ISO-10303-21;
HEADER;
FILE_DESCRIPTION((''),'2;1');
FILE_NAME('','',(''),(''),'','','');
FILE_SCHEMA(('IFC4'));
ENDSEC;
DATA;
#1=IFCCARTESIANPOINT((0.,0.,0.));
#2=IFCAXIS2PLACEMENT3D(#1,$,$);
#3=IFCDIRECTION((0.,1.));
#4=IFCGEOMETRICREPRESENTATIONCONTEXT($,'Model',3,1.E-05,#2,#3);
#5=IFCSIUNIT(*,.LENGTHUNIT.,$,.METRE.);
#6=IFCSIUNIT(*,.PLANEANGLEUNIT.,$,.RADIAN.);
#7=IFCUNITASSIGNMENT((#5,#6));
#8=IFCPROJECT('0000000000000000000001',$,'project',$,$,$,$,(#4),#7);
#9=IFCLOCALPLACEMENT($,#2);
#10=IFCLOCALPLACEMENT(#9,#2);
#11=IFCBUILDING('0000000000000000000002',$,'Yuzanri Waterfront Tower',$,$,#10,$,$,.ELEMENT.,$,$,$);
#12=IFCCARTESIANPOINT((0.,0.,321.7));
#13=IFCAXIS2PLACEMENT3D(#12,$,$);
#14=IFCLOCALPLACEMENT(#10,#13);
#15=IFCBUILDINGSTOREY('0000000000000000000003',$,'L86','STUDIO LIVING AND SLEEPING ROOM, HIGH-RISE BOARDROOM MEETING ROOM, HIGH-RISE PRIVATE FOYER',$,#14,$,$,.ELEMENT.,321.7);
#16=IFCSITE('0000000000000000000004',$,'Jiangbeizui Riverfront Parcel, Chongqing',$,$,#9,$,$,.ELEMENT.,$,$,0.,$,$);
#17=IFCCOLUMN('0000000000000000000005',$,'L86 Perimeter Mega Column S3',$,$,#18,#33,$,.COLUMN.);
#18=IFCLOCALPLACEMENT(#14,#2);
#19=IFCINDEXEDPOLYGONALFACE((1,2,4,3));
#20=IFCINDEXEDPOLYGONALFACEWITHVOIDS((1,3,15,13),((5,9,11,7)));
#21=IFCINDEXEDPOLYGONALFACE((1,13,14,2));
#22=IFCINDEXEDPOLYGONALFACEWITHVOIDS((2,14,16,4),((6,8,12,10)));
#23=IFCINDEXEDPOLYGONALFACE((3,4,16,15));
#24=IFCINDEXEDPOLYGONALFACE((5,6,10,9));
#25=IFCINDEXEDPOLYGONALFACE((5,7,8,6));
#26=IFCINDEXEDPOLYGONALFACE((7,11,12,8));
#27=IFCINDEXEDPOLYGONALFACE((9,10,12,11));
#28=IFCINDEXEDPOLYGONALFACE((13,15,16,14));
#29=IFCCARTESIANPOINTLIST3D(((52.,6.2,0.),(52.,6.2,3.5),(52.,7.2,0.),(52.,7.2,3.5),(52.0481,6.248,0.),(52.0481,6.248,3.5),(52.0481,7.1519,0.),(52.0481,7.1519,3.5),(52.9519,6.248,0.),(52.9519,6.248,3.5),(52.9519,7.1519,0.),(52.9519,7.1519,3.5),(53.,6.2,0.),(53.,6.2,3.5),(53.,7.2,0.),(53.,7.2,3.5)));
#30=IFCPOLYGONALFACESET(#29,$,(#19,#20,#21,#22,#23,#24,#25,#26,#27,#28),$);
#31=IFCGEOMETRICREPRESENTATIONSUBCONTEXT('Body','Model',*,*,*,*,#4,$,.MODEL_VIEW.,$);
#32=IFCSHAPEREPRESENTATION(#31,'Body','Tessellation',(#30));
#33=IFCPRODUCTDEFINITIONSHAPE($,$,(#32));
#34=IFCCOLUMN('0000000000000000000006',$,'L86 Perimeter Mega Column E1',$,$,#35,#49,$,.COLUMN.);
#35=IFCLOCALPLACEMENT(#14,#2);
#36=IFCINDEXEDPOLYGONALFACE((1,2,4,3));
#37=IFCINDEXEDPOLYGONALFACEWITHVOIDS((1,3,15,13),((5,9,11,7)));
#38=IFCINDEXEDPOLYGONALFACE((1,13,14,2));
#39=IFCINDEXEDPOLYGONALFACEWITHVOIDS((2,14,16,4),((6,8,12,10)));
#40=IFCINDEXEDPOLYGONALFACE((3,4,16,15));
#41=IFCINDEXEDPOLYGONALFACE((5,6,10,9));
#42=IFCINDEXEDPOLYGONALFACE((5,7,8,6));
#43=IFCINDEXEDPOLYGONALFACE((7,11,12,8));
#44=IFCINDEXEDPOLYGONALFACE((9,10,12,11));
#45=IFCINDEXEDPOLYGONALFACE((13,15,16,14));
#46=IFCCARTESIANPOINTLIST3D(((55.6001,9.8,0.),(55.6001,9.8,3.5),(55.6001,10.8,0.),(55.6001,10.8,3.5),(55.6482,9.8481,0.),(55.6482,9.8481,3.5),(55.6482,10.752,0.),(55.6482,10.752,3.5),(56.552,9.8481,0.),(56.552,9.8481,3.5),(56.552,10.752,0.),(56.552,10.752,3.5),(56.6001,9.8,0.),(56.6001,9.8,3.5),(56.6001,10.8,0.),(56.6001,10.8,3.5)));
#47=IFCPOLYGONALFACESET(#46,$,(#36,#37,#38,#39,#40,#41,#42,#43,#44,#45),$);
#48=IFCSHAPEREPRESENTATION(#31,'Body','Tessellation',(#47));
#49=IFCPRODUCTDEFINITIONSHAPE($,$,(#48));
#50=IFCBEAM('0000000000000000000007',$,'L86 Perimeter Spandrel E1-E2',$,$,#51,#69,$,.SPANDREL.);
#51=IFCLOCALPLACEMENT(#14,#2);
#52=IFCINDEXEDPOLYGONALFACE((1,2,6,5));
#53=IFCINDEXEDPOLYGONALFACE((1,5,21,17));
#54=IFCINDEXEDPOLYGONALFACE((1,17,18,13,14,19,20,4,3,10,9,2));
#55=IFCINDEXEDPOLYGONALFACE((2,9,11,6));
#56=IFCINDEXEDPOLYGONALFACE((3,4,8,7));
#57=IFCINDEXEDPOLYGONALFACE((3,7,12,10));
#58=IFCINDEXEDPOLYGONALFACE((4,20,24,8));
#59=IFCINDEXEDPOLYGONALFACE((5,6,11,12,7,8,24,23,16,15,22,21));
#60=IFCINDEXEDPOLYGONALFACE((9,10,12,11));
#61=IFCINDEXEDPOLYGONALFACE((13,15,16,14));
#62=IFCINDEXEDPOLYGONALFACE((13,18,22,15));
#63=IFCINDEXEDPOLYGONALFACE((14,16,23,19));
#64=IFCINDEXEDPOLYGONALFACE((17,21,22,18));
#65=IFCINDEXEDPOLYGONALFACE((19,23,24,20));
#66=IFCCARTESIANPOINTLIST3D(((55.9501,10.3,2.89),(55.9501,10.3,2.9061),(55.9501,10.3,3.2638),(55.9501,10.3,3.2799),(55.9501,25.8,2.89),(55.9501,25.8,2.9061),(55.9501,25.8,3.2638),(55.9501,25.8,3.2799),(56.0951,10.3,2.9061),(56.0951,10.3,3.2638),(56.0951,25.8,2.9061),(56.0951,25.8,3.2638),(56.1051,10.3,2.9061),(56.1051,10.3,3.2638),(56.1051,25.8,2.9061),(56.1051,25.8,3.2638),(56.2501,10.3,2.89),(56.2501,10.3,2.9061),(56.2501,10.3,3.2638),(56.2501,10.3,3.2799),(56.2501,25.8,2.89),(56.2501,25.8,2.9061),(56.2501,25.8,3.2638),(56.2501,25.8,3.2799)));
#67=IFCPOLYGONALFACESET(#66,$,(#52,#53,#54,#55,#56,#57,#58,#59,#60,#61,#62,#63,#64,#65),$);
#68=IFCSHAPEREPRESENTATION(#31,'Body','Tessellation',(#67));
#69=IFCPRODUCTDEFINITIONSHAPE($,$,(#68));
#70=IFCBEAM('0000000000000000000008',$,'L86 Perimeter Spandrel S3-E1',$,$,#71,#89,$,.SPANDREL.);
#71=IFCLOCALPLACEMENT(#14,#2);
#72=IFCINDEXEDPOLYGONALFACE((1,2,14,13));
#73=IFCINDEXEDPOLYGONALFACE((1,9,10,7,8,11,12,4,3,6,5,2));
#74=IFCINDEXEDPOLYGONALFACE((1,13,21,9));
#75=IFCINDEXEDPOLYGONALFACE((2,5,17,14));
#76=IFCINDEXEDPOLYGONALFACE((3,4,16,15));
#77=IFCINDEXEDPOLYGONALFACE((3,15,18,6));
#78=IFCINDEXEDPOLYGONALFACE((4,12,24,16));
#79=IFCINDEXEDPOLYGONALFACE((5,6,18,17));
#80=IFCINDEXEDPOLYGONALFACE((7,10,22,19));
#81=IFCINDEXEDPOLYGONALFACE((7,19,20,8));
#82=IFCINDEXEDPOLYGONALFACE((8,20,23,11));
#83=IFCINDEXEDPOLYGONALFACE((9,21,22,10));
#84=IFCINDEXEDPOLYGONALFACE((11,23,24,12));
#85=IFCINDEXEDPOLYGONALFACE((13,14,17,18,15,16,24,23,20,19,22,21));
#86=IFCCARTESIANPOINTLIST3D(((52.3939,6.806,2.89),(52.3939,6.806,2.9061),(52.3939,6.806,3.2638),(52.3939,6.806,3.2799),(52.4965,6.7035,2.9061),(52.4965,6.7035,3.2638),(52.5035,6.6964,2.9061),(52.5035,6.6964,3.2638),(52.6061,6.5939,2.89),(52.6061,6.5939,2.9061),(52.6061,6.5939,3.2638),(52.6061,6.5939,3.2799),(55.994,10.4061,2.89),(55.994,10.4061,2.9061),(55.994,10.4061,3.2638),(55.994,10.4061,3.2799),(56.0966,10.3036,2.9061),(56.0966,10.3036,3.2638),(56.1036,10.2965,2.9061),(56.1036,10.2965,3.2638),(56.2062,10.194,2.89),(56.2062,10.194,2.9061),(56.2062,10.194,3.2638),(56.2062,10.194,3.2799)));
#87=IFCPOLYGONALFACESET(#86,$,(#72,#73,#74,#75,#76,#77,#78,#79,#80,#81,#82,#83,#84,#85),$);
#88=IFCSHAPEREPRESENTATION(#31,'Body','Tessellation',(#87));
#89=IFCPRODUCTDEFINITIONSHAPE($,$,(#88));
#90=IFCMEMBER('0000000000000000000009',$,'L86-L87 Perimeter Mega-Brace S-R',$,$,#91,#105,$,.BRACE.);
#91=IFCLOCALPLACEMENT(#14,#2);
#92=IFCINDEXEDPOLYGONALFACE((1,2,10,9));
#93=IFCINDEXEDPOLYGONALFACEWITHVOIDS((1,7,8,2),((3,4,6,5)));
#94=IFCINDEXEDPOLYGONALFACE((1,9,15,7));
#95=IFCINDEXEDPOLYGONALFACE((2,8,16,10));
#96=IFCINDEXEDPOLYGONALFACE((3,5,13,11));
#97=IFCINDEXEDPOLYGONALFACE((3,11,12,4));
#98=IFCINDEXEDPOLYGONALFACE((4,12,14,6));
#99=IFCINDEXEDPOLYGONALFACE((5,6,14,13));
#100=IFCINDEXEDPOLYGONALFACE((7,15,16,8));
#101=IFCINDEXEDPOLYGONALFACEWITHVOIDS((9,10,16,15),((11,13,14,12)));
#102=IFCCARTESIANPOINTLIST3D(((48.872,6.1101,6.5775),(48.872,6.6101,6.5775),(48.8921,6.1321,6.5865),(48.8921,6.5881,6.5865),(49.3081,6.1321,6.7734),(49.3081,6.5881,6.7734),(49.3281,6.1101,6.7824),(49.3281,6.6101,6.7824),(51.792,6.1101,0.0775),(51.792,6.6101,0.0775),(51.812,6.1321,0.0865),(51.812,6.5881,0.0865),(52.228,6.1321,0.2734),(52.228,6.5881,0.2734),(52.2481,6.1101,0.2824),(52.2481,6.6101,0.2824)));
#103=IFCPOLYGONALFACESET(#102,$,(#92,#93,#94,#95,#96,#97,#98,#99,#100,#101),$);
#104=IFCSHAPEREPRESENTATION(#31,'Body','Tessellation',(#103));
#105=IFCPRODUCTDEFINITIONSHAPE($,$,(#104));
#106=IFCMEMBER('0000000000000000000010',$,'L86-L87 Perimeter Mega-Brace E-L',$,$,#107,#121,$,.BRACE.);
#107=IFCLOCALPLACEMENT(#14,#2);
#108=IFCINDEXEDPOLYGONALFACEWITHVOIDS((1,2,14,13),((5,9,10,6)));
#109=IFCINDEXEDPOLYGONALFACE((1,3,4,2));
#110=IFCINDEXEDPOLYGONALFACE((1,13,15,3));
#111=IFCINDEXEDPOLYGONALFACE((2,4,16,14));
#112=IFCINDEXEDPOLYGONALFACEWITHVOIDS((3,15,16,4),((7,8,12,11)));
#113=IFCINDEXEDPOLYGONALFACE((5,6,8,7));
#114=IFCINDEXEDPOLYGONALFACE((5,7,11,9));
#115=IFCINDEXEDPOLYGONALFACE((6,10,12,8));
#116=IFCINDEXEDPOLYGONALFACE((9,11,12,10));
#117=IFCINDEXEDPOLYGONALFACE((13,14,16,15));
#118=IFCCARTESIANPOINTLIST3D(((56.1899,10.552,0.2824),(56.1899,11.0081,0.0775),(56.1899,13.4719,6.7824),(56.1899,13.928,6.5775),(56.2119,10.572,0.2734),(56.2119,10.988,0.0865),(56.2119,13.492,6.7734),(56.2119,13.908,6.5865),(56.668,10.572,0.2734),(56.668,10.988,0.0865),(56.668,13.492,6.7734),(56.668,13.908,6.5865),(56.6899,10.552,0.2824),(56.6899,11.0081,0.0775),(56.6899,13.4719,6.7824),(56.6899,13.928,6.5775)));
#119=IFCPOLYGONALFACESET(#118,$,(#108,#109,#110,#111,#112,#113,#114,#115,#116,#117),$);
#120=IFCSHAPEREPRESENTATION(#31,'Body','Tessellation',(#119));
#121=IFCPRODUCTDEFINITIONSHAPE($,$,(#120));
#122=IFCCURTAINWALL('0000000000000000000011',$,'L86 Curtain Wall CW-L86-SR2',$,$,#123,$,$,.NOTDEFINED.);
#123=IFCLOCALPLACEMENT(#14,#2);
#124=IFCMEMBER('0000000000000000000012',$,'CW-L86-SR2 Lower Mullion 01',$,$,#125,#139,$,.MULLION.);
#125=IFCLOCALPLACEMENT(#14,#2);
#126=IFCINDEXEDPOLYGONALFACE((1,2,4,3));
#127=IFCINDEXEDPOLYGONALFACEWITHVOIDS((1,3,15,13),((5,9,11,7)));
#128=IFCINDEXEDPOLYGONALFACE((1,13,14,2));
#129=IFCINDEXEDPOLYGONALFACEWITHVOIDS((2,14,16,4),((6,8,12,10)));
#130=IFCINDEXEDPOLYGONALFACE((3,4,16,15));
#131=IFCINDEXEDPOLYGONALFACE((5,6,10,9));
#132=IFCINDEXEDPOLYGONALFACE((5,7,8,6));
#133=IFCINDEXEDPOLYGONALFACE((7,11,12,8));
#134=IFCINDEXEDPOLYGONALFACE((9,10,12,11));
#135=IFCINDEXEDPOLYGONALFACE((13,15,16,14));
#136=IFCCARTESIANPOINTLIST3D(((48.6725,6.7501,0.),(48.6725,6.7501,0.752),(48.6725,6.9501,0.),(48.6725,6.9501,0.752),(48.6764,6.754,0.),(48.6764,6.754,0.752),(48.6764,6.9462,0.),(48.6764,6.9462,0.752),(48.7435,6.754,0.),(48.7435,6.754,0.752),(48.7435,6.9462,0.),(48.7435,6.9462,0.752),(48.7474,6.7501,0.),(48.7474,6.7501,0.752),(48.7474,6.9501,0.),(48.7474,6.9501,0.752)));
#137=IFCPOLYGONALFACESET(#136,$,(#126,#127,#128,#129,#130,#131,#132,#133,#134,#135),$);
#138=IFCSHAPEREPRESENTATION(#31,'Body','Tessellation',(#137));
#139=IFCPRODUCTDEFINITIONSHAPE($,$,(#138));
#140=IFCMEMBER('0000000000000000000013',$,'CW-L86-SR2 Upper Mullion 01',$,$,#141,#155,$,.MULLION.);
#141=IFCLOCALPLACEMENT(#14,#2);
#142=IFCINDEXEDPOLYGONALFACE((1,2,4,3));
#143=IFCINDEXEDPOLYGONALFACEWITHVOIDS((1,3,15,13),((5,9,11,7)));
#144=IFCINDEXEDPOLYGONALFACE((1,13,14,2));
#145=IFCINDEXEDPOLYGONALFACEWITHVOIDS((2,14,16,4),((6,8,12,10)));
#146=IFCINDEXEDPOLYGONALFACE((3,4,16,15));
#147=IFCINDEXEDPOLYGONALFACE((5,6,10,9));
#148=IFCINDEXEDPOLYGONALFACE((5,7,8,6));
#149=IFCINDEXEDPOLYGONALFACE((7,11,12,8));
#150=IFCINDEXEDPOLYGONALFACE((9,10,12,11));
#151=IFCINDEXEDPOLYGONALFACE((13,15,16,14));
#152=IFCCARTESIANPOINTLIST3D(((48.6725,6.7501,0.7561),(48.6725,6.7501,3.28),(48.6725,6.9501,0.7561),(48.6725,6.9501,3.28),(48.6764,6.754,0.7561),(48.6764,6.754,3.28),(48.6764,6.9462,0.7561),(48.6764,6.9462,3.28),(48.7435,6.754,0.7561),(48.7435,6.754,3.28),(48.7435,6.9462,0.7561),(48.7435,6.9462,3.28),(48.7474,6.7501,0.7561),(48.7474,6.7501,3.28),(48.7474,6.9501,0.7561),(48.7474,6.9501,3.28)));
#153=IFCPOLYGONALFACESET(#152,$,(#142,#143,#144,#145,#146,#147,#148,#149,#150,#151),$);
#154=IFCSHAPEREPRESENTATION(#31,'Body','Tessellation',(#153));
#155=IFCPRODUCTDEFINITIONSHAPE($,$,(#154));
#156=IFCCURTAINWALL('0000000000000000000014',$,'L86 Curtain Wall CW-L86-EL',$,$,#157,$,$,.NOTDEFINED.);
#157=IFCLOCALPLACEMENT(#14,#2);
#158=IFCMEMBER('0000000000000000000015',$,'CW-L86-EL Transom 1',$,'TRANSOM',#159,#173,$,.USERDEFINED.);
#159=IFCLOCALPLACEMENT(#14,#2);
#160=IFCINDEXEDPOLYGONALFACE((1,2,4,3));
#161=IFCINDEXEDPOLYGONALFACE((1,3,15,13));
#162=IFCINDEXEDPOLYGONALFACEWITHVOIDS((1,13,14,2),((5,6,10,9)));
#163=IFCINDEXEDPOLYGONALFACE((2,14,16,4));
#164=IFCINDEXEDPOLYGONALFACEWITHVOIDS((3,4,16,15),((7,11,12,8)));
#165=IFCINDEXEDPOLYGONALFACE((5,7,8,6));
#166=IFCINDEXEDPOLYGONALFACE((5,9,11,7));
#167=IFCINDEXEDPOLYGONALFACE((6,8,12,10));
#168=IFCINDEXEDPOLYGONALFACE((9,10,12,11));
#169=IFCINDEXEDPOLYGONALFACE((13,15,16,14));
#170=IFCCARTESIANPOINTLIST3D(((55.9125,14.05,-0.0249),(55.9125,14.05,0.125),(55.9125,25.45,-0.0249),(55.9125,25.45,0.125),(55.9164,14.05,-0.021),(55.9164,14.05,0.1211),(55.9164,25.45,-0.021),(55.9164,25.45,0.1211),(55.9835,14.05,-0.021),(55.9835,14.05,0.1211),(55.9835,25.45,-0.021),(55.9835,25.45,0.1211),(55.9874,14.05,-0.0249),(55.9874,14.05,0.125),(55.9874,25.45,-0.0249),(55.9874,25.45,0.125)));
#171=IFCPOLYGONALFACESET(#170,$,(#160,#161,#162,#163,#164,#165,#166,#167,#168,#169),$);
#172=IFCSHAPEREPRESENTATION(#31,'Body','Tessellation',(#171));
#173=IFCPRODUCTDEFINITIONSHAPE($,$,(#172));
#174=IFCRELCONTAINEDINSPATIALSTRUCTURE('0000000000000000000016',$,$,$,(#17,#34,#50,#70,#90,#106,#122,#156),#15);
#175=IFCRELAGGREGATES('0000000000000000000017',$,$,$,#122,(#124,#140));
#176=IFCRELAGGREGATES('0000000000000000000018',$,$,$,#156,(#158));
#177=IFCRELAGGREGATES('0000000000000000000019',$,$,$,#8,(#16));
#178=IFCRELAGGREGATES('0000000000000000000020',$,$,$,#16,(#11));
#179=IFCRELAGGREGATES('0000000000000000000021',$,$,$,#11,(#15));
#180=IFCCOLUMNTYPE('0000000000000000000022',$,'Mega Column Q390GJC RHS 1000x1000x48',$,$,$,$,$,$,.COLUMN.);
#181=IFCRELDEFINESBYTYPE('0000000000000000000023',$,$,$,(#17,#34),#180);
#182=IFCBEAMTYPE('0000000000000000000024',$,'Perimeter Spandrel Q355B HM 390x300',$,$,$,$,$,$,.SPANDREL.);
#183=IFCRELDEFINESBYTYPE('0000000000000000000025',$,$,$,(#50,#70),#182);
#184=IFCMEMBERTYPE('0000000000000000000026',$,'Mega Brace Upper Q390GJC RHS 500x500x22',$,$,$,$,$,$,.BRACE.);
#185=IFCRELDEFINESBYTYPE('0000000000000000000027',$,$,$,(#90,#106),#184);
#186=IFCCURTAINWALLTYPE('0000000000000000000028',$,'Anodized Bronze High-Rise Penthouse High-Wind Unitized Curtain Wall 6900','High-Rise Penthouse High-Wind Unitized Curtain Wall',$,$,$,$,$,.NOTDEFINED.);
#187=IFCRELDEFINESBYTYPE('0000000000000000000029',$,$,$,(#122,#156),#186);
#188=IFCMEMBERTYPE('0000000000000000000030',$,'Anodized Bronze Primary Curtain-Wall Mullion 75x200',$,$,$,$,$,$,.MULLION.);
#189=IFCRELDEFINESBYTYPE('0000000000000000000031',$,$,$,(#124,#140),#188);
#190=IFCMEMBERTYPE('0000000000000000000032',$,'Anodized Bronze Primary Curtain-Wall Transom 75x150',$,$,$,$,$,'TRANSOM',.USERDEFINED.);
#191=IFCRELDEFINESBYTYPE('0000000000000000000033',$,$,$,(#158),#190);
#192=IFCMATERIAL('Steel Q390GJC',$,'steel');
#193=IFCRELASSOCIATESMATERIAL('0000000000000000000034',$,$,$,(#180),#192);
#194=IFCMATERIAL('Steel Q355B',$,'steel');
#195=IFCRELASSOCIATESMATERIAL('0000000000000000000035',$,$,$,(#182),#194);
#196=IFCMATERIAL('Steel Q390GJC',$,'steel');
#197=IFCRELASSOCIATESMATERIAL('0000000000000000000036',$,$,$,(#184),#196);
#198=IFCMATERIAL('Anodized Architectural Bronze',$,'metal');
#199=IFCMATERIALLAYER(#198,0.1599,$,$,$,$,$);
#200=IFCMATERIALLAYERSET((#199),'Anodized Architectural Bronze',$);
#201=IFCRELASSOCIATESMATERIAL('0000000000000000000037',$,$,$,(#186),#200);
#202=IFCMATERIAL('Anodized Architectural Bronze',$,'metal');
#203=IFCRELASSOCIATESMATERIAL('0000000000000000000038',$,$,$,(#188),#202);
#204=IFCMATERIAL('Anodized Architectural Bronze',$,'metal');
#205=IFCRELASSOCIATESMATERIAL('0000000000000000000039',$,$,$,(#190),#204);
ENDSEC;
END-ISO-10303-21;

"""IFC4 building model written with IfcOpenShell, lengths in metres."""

from ifc_helpers import new_model, si_unit, direction, frame, origin, origin_2d, place, context, subcontext, project, spatial, hollow_rectangle, i_section, extrude, source, transform, mapped, material, layer, layer_set, material_profile, profile_set, type_object, element, aggregate, save


model = new_model("IFC4")

# Units and contexts
model_context = context("Model", 3, precision=1e-05, world=origin(), true_north=direction((0.0, 1.0)))
body_context = subcontext(model_context, "Body", "Model", "MODEL_VIEW")
ifc_project = project(units=[si_unit("LENGTHUNIT", "METRE"), si_unit("PLANEANGLEUNIT", "RADIAN")], contexts=[model_context])

# Site, building, storey
site_placement = place(None, origin())
site = spatial("IfcSite", under=ifc_project, at=site_placement, Name="Jiangbeizui Riverfront Parcel, Chongqing", CompositionType="ELEMENT", RefElevation=0.0)
building_placement = place(site_placement, origin())
building = spatial("IfcBuilding", under=site, at=building_placement, Name="Yuzanri Waterfront Tower", CompositionType="ELEMENT")
storey_placement = place(building_placement, frame((0.0, 0.0, 321.7)))
storey = spatial("IfcBuildingStorey", under=building, at=storey_placement, Name="L86", Description="STUDIO LIVING AND SLEEPING ROOM, HIGH-RISE BOARDROOM MEETING ROOM, HIGH-RISE PRIVATE FOYER", CompositionType="ELEMENT", Elevation=321.7)

# Columns
ifc_material_1 = material(Name="Steel Q390GJC", Category="steel")
ifc_material_profile_1 = material_profile(ifc_material_1, hollow_rectangle(XDim=1.0, YDim=1.0, WallThickness=0.0481, at=origin_2d()), Name="RHS 1000x1000x48")
ifc_profile_set_1 = profile_set([ifc_material_profile_1], Name="Steel Q390GJC")
column_type = type_object("IfcColumnType", Name="Mega Column Q390GJC RHS 1000x1000x48", PredefinedType="COLUMN", material=ifc_profile_set_1)
shared_shape_1 = source(origin(), body_context, "Body", "SweptSolid", [
    extrude(hollow_rectangle(XDim=1.0, YDim=1.0, WallThickness=0.0481, at=origin_2d()), origin(), (0.0, 0.0, 1.0), 3.5),
])
for number, where, z_axis, x_axis, name in (
    (1, (52.5, 6.7, 0.0), (0.0, 0.0, 1.0), (1.0, 0.0, 0.0), "L86 Perimeter Mega Column S3"),
    (2, (56.1001, 10.3, 0.0), (0.0, 0.0, 1.0), (1.0, 0.0, 0.0), "L86 Perimeter Mega Column E1"),
):
    element("IfcColumn", number, at=place(storey_placement, frame(where, z_axis=z_axis, x_axis=x_axis)), inside=storey, type_object=column_type, Name=name, PredefinedType="COLUMN", context=body_context, shape_type="MappedRepresentation", body=[
        mapped(shared_shape_1, transform((0.0, 0.0, 0.0), scale=1.0)),
    ])

# Beams
ifc_material_2 = material(Name="Steel Q355B", Category="steel")
ifc_material_profile_2 = material_profile(ifc_material_2, i_section(OverallWidth=0.3, OverallDepth=0.3899, WebThickness=0.01, FlangeThickness=0.0161, at=origin_2d()), Name="HM 390x300x10x16")
ifc_profile_set_2 = profile_set([ifc_material_profile_2], Name="Steel Q355B")
beam_type = type_object("IfcBeamType", Name="Perimeter Spandrel Q355B HM 390x300", PredefinedType="SPANDREL", material=ifc_profile_set_2)
shared_shape_2 = source(origin(), body_context, "Body", "SweptSolid", [
    extrude(i_section(OverallWidth=0.3, OverallDepth=0.3899, WebThickness=0.01, FlangeThickness=0.0161, at=origin_2d()), origin(), (0.0, 0.0, 1.0), 15.5),
])
beam_1_placement = place(storey_placement, frame((56.1001, 10.3, 3.085), z_axis=(0.0, 1.0, 0.0), x_axis=(-1.0, 0.0, 0.0)))
element("IfcBeam", 3, at=beam_1_placement, inside=storey, type_object=beam_type, Name="L86 Perimeter Spandrel E1-E2", PredefinedType="SPANDREL", context=body_context, shape_type="MappedRepresentation", body=[
    mapped(shared_shape_2, transform((0.0, 0.0, 0.0), scale=1.0)),
])
shared_shape_3 = source(origin(), body_context, "Body", "SweptSolid", [
    extrude(i_section(OverallWidth=0.3, OverallDepth=0.3899, WebThickness=0.01, FlangeThickness=0.0161, at=origin_2d()), origin(), (0.0, 0.0, 1.0), 5.0913),
])
beam_2_placement = place(storey_placement, frame((52.5, 6.7, 3.085), z_axis=(0.707107, 0.707107, 0.0), x_axis=(-0.707107, 0.707107, 0.0)))
element("IfcBeam", 4, at=beam_2_placement, inside=storey, type_object=beam_type, Name="L86 Perimeter Spandrel S3-E1", PredefinedType="SPANDREL", context=body_context, shape_type="MappedRepresentation", body=[
    mapped(shared_shape_3, transform((0.0, 0.0, 0.0), scale=1.0)),
])

# Members
ifc_material_3 = material(Name="Steel Q390GJC", Category="steel")
ifc_material_profile_3 = material_profile(ifc_material_3, hollow_rectangle(XDim=0.5, YDim=0.5, WallThickness=0.022, at=origin_2d()), Name="RHS 500x500x22")
ifc_profile_set_3 = profile_set([ifc_material_profile_3], Name="Steel Q390GJC")
member_type_1 = type_object("IfcMemberType", Name="Mega Brace Upper Q390GJC RHS 500x500x22", PredefinedType="BRACE", material=ifc_profile_set_3)
shared_shape_4 = source(origin(), body_context, "Body", "SweptSolid", [
    extrude(hollow_rectangle(XDim=0.5, YDim=0.5, WallThickness=0.022, at=origin_2d()), origin(), (0.0, 0.0, 1.0), 7.1257),
])
for number, where, z_axis, x_axis, name in (
    (5, (52.02, 6.3601, 0.1799), (-0.409772, 0.0, 0.912188), (0.0, -1.0, 0.0), "L86-L87 Perimeter Mega-Brace S-R"),
    (6, (56.4399, 10.78, 0.1799), (0.0, 0.409772, 0.912188), (-1.0, 0.0, 0.0), "L86-L87 Perimeter Mega-Brace E-L"),
):
    element("IfcMember", number, at=place(storey_placement, frame(where, z_axis=z_axis, x_axis=x_axis)), inside=storey, type_object=member_type_1, Name=name, PredefinedType="BRACE", context=body_context, shape_type="MappedRepresentation", body=[
        mapped(shared_shape_4, transform((0.0, 0.0, 0.0), scale=1.0)),
    ])

# Curtain walls, members
ifc_material_4 = material(Name="Anodized Architectural Bronze", Category="metal")
ifc_layer_1 = layer(ifc_material_4, 0.1599)
ifc_layer_set_1 = layer_set([ifc_layer_1], Name="Anodized Architectural Bronze")
curtain_wall_type = type_object("IfcCurtainWallType", Name="Anodized Bronze High-Rise Penthouse High-Wind Unitized Curtain Wall 6900", Description="High-Rise Penthouse High-Wind Unitized Curtain Wall", PredefinedType="NOTDEFINED", material=ifc_layer_set_1)
curtain_wall_1_placement = place(storey_placement, origin())
curtain_wall_1 = element("IfcCurtainWall", 7, at=curtain_wall_1_placement, inside=storey, type_object=curtain_wall_type, Name="L86 Curtain Wall CW-L86-SR2", PredefinedType="NOTDEFINED")
ifc_material_5 = material(Name="Anodized Architectural Bronze", Category="metal")
ifc_material_profile_4 = material_profile(ifc_material_5, hollow_rectangle(XDim=0.075, YDim=0.2, WallThickness=0.0039, at=origin_2d()), Name="CWM 75x200")
ifc_profile_set_4 = profile_set([ifc_material_profile_4], Name="Anodized Architectural Bronze")
member_type_2 = type_object("IfcMemberType", Name="Anodized Bronze Primary Curtain-Wall Mullion 75x200", PredefinedType="MULLION", material=ifc_profile_set_4)
shared_shape_5 = source(origin(), body_context, "Body", "SweptSolid", [
    extrude(hollow_rectangle(XDim=0.075, YDim=0.2, WallThickness=0.0039, at=origin_2d()), origin(), (0.0, 0.0, 1.0), 0.752),
])
member_1_placement = place(storey_placement, frame((48.71, 6.8501, 0.0), z_axis=(0.0, 0.0, 1.0), x_axis=(1.0, 0.0, 0.0)))
member_1 = element("IfcMember", 8, at=member_1_placement, type_object=member_type_2, Name="CW-L86-SR2 Lower Mullion 01", PredefinedType="MULLION", context=body_context, shape_type="MappedRepresentation", body=[
    mapped(shared_shape_5, transform((0.0, 0.0, 0.0), scale=1.0)),
])
shared_shape_6 = source(origin(), body_context, "Body", "SweptSolid", [
    extrude(hollow_rectangle(XDim=0.075, YDim=0.2, WallThickness=0.0039, at=origin_2d()), origin(), (0.0, 0.0, 1.0), 2.5239),
])
member_2_placement = place(storey_placement, frame((48.71, 6.8501, 0.7561), z_axis=(0.0, 0.0, 1.0), x_axis=(1.0, 0.0, 0.0)))
member_2 = element("IfcMember", 9, at=member_2_placement, type_object=member_type_2, Name="CW-L86-SR2 Upper Mullion 01", PredefinedType="MULLION", context=body_context, shape_type="MappedRepresentation", body=[
    mapped(shared_shape_6, transform((0.0, 0.0, 0.0), scale=1.0)),
])
aggregate(curtain_wall_1, [member_1, member_2])
curtain_wall_2_placement = place(storey_placement, origin())
curtain_wall_2 = element("IfcCurtainWall", 10, at=curtain_wall_2_placement, inside=storey, type_object=curtain_wall_type, Name="L86 Curtain Wall CW-L86-EL", PredefinedType="NOTDEFINED")
ifc_material_6 = material(Name="Anodized Architectural Bronze", Category="metal")
ifc_material_profile_5 = material_profile(ifc_material_6, hollow_rectangle(XDim=0.075, YDim=0.1499, WallThickness=0.0039, at=origin_2d()), Name="CWT 75x150")
ifc_profile_set_5 = profile_set([ifc_material_profile_5], Name="Anodized Architectural Bronze")
member_type_3 = type_object("IfcMemberType", Name="Anodized Bronze Primary Curtain-Wall Transom 75x150", ElementType="TRANSOM", PredefinedType="USERDEFINED", material=ifc_profile_set_5)
shared_shape_7 = source(origin(), body_context, "Body", "SweptSolid", [
    extrude(hollow_rectangle(XDim=0.075, YDim=0.1499, WallThickness=0.0039, at=origin_2d()), origin(), (0.0, 0.0, 1.0), 11.3999),
])
member_3_placement = place(storey_placement, frame((55.95, 14.05, 0.05), z_axis=(0.0, 1.0, 0.0), x_axis=(-1.0, 0.0, 0.0)))
member_3 = element("IfcMember", 11, at=member_3_placement, type_object=member_type_3, Name="CW-L86-EL Transom 1", ObjectType="TRANSOM", PredefinedType="USERDEFINED", context=body_context, shape_type="MappedRepresentation", body=[
    mapped(shared_shape_7, transform((0.0, 0.0, 0.0), scale=1.0)),
])
aggregate(curtain_wall_2, [member_3])

save(model, "model.ifc")
